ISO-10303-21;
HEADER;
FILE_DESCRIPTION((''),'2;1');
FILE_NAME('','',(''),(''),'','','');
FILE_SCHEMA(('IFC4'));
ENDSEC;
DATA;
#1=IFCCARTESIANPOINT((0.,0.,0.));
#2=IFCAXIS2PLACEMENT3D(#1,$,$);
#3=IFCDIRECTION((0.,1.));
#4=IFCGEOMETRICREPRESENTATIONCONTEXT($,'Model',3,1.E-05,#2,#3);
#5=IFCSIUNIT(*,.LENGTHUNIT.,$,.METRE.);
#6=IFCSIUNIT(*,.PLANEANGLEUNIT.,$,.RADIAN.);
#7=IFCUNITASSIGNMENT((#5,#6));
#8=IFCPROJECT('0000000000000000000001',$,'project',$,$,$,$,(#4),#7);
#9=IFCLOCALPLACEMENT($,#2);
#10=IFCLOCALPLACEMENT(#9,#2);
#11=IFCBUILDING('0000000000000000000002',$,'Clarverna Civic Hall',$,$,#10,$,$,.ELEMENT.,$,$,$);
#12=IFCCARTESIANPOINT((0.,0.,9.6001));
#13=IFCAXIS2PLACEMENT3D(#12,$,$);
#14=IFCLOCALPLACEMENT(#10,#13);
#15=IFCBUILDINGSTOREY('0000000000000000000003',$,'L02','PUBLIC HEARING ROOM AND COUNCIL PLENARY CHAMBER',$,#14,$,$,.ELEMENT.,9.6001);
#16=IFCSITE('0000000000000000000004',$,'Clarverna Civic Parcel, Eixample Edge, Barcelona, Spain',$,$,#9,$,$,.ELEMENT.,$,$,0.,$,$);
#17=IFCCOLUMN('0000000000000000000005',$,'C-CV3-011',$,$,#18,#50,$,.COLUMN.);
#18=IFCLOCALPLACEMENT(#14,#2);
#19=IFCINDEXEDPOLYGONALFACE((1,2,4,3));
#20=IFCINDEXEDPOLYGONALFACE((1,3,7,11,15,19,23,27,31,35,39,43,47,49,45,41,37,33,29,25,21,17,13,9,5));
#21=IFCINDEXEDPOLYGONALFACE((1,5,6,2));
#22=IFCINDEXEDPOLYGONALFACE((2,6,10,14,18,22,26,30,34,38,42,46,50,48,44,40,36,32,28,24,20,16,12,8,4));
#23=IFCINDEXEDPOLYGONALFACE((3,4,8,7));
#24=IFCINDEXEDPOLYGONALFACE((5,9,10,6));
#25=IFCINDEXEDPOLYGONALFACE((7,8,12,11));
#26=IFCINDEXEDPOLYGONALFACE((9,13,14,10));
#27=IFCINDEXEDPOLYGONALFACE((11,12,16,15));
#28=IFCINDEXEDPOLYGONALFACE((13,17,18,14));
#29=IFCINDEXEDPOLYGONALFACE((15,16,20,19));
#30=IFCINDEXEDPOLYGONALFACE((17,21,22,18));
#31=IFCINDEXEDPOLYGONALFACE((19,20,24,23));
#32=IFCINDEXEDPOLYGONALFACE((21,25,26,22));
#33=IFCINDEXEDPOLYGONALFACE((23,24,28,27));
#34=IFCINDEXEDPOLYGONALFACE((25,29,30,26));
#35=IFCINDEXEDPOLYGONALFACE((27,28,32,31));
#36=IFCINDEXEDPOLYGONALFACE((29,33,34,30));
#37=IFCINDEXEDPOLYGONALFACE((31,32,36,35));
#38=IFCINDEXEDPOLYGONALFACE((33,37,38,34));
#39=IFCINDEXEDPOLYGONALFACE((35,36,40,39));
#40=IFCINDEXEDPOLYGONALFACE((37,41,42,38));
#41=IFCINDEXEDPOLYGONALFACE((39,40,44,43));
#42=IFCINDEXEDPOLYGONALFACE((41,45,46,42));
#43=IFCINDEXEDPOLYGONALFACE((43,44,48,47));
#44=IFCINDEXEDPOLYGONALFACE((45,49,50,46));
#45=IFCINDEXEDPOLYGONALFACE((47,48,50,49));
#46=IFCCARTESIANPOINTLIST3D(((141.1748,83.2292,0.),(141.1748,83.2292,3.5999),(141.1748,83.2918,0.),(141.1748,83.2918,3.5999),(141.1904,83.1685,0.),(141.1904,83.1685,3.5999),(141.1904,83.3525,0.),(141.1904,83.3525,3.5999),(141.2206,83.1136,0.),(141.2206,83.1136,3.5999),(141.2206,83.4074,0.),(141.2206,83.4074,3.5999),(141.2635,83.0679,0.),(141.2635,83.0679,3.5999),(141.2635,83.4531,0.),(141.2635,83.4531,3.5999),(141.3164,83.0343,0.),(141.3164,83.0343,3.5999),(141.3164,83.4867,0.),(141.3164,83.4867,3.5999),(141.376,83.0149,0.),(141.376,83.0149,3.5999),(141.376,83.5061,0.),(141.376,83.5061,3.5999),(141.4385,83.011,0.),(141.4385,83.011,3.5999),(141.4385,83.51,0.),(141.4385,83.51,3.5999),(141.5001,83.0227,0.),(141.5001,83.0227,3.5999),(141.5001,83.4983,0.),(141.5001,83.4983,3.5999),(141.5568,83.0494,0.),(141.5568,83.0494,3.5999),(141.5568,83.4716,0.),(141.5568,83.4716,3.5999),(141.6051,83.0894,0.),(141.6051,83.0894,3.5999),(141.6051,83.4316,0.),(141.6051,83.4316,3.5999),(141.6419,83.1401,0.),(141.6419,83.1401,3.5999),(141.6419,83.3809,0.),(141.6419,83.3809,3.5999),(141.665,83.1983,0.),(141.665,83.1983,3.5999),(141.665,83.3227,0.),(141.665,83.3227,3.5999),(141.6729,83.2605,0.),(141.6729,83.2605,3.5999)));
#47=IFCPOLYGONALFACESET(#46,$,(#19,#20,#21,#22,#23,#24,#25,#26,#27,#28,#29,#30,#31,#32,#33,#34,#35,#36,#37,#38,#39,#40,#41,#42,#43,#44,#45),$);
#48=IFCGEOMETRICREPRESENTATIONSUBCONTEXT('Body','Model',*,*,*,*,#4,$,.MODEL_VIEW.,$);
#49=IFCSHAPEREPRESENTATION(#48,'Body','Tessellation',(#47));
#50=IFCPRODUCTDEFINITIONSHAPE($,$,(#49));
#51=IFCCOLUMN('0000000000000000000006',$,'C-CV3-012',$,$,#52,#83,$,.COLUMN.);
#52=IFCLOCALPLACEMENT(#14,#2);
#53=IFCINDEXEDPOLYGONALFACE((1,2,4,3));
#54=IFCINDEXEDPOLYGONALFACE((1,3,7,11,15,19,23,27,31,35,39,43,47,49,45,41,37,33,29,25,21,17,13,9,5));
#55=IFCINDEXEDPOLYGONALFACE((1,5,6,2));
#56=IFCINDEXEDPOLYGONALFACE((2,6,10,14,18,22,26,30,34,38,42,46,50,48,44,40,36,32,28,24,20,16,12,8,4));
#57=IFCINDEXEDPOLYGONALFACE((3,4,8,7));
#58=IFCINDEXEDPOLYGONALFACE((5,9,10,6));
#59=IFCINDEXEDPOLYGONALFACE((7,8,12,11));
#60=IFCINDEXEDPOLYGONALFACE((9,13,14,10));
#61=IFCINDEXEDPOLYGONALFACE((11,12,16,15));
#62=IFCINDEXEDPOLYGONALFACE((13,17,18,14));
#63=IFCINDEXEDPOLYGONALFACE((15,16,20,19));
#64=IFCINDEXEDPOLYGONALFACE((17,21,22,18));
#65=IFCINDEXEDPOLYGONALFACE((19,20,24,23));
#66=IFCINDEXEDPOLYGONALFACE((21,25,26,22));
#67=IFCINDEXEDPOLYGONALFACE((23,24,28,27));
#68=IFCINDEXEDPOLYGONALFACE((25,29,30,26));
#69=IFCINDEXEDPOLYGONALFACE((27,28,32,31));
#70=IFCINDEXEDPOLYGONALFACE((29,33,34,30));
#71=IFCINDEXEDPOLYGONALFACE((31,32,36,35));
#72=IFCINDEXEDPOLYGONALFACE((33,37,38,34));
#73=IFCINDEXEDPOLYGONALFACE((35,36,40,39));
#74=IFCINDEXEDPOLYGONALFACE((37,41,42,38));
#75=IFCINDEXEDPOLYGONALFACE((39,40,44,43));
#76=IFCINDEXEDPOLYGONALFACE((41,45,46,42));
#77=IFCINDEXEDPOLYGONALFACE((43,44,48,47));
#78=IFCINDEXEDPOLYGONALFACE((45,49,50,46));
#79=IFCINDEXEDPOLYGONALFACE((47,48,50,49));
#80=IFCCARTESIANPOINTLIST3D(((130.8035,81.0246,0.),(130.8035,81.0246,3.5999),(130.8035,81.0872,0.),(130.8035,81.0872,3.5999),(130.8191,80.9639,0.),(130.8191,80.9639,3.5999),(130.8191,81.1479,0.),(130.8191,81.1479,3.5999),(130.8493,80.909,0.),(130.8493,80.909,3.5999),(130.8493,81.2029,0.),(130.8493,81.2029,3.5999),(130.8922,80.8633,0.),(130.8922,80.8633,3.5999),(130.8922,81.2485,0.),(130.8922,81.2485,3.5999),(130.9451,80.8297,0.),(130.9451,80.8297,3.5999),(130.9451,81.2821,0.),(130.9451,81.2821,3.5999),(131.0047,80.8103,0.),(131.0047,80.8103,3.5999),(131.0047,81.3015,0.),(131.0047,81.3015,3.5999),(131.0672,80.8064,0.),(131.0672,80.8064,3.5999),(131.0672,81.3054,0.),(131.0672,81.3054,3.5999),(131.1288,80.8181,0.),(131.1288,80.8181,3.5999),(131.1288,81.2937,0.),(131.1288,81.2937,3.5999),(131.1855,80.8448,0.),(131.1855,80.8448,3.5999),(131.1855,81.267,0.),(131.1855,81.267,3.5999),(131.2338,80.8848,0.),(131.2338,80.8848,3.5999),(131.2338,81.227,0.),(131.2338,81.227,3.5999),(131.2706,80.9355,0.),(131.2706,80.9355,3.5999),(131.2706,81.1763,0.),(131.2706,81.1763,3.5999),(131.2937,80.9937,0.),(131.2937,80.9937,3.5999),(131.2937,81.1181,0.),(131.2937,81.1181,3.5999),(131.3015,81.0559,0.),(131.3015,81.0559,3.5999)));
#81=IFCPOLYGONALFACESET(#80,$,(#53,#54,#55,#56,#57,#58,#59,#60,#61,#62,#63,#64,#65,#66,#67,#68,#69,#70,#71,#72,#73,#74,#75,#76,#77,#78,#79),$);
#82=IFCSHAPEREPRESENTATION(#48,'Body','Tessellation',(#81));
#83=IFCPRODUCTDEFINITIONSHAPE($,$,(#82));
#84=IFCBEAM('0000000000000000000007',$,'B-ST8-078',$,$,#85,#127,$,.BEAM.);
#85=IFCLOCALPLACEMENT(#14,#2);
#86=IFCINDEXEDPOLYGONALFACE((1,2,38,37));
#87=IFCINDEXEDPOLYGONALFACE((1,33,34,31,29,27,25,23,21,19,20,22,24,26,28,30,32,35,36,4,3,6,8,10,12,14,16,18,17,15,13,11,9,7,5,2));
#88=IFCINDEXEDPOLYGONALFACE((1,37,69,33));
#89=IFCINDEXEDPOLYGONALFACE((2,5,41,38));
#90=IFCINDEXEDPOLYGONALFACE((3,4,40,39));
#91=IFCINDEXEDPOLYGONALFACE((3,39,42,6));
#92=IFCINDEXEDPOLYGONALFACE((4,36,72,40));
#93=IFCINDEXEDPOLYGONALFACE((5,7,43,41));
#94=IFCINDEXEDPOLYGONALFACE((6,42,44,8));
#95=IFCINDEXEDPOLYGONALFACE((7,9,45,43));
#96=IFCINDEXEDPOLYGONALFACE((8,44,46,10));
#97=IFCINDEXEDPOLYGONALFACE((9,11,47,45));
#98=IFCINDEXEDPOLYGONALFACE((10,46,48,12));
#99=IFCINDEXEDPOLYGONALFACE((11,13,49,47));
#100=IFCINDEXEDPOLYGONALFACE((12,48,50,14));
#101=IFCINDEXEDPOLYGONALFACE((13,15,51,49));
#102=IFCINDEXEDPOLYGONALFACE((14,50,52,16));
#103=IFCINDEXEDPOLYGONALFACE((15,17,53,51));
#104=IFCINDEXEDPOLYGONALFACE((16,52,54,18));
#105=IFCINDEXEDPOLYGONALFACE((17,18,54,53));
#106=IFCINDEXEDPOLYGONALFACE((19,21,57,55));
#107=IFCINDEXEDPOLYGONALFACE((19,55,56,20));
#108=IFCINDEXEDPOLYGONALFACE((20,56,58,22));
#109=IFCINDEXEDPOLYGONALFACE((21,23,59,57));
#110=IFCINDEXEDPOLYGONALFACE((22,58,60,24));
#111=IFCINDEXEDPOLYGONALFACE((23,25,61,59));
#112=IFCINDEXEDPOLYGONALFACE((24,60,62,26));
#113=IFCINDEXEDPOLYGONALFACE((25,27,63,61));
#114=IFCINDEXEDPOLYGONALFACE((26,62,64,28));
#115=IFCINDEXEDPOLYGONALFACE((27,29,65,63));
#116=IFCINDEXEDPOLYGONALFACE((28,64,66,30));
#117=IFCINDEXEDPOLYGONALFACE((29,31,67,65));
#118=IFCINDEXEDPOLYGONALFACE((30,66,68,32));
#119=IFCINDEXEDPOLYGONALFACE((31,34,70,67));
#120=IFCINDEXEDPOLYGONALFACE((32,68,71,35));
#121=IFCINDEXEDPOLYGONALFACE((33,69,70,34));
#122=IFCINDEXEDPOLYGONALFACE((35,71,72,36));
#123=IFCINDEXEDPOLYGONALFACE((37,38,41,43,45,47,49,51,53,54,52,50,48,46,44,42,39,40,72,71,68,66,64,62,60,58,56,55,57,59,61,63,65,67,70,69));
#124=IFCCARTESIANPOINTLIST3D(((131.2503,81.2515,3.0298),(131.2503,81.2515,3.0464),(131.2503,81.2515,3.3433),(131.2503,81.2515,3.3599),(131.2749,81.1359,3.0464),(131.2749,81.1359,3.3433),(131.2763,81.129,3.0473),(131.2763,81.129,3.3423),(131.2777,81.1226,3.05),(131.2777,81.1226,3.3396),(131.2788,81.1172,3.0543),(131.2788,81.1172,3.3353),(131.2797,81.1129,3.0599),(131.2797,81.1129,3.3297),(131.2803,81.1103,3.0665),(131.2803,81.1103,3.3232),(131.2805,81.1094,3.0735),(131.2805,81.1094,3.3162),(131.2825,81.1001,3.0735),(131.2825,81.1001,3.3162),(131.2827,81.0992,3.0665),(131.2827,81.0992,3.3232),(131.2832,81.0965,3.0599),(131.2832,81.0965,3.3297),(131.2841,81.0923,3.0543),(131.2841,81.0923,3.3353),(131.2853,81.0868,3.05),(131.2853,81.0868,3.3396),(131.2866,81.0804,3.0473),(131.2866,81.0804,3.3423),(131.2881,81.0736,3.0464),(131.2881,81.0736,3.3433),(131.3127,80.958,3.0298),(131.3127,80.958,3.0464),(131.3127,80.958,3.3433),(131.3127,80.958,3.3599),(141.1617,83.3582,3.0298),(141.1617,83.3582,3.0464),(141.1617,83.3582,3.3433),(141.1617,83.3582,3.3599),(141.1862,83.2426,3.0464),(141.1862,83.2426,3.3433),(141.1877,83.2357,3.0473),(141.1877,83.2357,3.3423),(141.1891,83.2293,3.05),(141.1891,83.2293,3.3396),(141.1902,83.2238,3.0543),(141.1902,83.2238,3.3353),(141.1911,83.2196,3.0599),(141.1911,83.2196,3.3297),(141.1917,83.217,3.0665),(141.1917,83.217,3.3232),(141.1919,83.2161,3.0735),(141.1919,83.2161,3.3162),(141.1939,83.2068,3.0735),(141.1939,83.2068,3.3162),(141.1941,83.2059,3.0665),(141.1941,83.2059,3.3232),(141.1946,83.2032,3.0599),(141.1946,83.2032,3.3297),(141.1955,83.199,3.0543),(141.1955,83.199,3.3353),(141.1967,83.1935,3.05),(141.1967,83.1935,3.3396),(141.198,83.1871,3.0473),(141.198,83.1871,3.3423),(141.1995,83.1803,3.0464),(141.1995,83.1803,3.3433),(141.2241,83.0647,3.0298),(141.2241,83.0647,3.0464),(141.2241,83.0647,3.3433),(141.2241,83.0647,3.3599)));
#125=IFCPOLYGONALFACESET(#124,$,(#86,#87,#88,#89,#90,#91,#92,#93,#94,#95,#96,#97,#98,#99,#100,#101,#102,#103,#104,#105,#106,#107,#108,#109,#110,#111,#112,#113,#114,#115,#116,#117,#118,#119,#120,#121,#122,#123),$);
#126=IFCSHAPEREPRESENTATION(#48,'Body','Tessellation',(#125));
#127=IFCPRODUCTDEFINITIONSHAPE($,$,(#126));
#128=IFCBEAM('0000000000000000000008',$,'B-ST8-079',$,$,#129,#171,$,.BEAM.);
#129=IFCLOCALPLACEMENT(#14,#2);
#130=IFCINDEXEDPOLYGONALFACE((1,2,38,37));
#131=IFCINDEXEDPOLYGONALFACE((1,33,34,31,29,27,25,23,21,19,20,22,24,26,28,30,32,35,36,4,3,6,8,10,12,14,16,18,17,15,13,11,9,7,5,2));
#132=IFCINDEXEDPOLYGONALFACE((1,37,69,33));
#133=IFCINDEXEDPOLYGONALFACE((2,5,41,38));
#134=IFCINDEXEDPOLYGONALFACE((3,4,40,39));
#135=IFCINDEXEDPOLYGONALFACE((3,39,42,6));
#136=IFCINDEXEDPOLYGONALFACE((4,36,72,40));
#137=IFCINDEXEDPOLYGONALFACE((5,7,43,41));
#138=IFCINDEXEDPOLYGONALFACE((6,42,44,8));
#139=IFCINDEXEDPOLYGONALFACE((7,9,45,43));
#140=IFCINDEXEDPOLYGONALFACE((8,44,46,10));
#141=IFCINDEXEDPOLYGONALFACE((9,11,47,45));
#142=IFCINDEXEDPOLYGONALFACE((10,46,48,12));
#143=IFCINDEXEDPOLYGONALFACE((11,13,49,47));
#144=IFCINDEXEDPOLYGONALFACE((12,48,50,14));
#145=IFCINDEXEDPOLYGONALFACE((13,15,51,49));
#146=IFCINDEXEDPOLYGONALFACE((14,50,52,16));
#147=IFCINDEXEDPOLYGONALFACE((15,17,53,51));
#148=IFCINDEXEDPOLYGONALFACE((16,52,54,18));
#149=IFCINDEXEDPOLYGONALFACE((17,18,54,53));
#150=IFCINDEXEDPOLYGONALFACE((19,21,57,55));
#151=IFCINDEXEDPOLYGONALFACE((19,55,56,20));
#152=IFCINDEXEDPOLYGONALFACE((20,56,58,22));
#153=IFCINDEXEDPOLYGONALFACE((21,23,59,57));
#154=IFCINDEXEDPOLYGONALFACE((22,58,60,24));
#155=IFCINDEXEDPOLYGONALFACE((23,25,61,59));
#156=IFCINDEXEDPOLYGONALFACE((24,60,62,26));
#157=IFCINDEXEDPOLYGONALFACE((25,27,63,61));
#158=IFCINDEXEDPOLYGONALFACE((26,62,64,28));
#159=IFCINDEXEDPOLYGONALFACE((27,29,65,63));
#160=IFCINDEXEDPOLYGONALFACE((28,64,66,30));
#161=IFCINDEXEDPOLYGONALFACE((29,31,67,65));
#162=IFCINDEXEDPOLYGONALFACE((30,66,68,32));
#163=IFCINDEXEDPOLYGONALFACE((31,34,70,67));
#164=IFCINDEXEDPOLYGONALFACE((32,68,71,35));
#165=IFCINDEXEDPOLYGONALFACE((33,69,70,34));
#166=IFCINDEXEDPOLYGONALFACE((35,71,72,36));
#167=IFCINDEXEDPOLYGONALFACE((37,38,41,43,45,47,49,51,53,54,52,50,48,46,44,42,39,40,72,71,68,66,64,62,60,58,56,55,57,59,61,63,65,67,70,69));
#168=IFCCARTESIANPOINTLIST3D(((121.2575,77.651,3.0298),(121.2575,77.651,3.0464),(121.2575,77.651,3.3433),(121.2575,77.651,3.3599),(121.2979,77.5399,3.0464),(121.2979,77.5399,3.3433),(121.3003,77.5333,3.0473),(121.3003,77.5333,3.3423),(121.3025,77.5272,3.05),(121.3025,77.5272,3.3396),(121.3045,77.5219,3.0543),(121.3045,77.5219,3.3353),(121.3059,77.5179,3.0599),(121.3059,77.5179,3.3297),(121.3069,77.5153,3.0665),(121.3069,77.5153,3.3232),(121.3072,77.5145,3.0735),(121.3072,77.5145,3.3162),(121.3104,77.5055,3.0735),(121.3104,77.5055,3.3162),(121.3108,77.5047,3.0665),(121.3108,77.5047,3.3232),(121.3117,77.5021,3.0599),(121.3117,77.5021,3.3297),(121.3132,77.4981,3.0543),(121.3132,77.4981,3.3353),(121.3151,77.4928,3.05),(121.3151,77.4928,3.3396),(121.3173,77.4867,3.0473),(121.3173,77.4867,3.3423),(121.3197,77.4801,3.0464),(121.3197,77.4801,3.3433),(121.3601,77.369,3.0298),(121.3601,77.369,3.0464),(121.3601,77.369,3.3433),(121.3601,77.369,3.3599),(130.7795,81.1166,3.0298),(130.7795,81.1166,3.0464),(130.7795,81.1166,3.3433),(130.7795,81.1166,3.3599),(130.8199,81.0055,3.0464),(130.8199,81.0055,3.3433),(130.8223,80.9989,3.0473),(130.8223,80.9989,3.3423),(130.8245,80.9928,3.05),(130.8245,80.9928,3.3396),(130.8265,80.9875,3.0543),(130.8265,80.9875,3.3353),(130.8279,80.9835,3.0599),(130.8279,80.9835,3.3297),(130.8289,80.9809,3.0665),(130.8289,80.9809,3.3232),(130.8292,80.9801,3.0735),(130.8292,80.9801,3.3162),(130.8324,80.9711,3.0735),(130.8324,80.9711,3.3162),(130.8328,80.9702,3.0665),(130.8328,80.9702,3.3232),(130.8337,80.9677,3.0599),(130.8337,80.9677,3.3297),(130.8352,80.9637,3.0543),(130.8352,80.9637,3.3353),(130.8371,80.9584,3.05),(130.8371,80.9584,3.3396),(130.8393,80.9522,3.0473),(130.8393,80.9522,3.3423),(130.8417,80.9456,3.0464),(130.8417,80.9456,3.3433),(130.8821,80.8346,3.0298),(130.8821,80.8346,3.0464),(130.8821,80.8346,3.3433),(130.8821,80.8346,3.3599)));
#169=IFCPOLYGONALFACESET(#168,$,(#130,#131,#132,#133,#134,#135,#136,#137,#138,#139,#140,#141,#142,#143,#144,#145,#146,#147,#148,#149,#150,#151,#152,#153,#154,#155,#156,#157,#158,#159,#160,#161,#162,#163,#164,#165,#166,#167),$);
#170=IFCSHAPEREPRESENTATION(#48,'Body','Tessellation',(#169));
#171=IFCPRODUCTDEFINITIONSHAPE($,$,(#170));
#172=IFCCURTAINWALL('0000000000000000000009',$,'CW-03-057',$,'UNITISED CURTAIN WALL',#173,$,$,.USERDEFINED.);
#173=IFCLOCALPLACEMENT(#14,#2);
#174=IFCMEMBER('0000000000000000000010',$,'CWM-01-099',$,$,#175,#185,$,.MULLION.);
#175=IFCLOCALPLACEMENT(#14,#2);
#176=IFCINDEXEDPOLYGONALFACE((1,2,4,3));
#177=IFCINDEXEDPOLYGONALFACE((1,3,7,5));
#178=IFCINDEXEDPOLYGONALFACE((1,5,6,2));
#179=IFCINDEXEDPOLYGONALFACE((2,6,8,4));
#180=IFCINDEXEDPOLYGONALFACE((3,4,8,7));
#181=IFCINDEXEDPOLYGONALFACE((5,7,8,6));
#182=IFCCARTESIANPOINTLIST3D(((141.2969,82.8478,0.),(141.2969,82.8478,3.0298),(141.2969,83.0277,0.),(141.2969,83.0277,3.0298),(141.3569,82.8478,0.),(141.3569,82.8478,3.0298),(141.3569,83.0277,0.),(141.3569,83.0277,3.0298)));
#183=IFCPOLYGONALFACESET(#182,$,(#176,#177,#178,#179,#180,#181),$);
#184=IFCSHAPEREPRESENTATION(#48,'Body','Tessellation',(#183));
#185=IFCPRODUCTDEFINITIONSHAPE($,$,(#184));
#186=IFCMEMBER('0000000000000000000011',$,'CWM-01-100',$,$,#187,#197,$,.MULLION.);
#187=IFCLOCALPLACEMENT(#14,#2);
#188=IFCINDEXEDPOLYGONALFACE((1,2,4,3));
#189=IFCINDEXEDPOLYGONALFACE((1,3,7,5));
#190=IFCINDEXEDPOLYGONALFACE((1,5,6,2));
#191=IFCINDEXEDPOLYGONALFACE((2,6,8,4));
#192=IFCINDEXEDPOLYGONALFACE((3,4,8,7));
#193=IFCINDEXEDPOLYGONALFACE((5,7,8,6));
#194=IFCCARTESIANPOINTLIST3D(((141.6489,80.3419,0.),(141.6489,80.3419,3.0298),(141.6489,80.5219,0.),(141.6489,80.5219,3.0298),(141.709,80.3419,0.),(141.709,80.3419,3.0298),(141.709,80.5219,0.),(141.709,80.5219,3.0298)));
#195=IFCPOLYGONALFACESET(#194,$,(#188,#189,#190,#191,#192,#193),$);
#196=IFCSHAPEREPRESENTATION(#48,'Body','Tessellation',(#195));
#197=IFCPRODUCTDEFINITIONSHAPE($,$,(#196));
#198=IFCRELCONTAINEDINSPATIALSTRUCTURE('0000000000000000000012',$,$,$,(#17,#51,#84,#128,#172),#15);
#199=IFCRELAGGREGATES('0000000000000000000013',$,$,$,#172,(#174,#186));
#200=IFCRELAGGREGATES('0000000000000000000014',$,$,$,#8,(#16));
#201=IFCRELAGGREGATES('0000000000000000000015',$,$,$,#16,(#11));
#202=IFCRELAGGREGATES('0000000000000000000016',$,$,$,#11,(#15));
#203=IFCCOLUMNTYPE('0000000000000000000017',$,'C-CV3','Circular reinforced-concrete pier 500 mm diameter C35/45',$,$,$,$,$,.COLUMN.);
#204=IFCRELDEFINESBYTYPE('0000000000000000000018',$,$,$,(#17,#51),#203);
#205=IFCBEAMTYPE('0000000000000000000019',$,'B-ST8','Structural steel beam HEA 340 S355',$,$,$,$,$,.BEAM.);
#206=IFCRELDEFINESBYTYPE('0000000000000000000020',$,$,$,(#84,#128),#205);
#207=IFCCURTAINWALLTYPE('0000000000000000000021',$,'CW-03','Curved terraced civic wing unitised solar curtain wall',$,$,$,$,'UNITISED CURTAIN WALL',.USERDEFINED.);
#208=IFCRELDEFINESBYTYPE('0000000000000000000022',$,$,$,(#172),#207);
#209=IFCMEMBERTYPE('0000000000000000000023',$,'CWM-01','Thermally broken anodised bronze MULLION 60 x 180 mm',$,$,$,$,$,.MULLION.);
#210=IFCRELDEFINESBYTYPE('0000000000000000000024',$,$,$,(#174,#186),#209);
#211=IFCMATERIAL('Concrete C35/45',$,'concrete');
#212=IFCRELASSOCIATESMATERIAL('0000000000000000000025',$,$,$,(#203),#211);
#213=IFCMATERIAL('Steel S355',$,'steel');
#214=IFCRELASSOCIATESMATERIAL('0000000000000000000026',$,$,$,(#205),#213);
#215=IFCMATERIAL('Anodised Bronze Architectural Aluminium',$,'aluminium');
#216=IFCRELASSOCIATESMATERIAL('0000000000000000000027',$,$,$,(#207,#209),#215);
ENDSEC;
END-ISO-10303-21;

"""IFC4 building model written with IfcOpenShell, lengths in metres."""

from ifc_helpers import new_model, si_unit, direction, frame, origin, origin_2d, place, context, subcontext, project, spatial, rectangle, circle, i_section, extrude, material, material_profile, profile_set, type_object, element, aggregate, save


model = new_model("IFC4")

# Units and contexts
model_context = context("Model", 3, precision=1e-05, world=origin(), true_north=direction((0.0, 1.0)))
body_context = subcontext(model_context, "Body", "Model", "MODEL_VIEW")
ifc_project = project(units=[si_unit("LENGTHUNIT", "METRE"), si_unit("PLANEANGLEUNIT", "RADIAN")], contexts=[model_context])

# Site, building, storey
site_placement = place(None, origin())
site = spatial("IfcSite", under=ifc_project, at=site_placement, Name="Clarverna Civic Parcel, Eixample Edge, Barcelona, Spain", CompositionType="ELEMENT", RefElevation=0.0)
building_placement = place(site_placement, origin())
building = spatial("IfcBuilding", under=site, at=building_placement, Name="Clarverna Civic Hall", CompositionType="ELEMENT")
storey_placement = place(building_placement, frame((0.0, 0.0, 9.6001)))
storey = spatial("IfcBuildingStorey", under=building, at=storey_placement, Name="L02", Description="PUBLIC HEARING ROOM AND COUNCIL PLENARY CHAMBER", CompositionType="ELEMENT", Elevation=9.6001)

# Columns
ifc_material_1 = material(Name="Concrete C35/45", Category="concrete")
ifc_material_profile_1 = material_profile(ifc_material_1, circle(Radius=0.25, at=origin_2d()), Name="RC D500")
ifc_profile_set_1 = profile_set([ifc_material_profile_1], Name="Concrete C35/45")
column_type = type_object("IfcColumnType", Name="C-CV3", Description="Circular reinforced-concrete pier 500 mm diameter C35/45", PredefinedType="COLUMN", material=ifc_profile_set_1)
for number, where, z_axis, x_axis, name in (
    (1, (141.4229, 83.2605, 0.0), (0.0, 0.0, 1.0), (1.0, 0.0, 0.0), "C-CV3-011"),
    (2, (131.0515, 81.0559, 0.0), (0.0, 0.0, 1.0), (1.0, 0.0, 0.0), "C-CV3-012"),
):
    element("IfcColumn", number, at=place(storey_placement, frame(where, z_axis=z_axis, x_axis=x_axis)), inside=storey, type_object=column_type, Name=name, PredefinedType="COLUMN", context=body_context, shape_type="SweptSolid", body=[
        extrude(circle(Radius=0.25, at=origin_2d()), origin(), (0.0, 0.0, 1.0), 3.5999),
    ])

# Beams
ifc_material_2 = material(Name="Steel S355", Category="steel")
ifc_material_profile_2 = material_profile(ifc_material_2, i_section(OverallWidth=0.3, OverallDepth=0.3301, WebThickness=0.0095, FlangeThickness=0.0166, FilletRadius=0.0271, at=origin_2d()), Name="HEA 340")
ifc_profile_set_2 = profile_set([ifc_material_profile_2], Name="Steel S355")
beam_type = type_object("IfcBeamType", Name="B-ST8", Description="Structural steel beam HEA 340 S355", PredefinedType="BEAM", material=ifc_profile_set_2)
beam_1_placement = place(storey_placement, frame((141.1929, 83.2114, 3.1948), z_axis=(-0.978148, -0.207908, 0.0), x_axis=(0.207908, -0.978148, 0.0)))
element("IfcBeam", 3, at=beam_1_placement, inside=storey, type_object=beam_type, Name="B-ST8-078", PredefinedType="BEAM", context=body_context, shape_type="SweptSolid", body=[
    extrude(i_section(OverallWidth=0.3, OverallDepth=0.3301, WebThickness=0.0095, FlangeThickness=0.0166, FilletRadius=0.0271, at=origin_2d()), origin(), (0.0, 0.0, 1.0), 10.1328),
])
beam_2_placement = place(storey_placement, frame((130.8308, 80.9756, 3.1948), z_axis=(-0.939697, -0.342008, 0.0), x_axis=(0.342008, -0.939697, 0.0)))
element("IfcBeam", 4, at=beam_2_placement, inside=storey, type_object=beam_type, Name="B-ST8-079", PredefinedType="BEAM", context=body_context, shape_type="SweptSolid", body=[
    extrude(i_section(OverallWidth=0.3, OverallDepth=0.3301, WebThickness=0.0095, FlangeThickness=0.0166, FilletRadius=0.0271, at=origin_2d()), origin(), (0.0, 0.0, 1.0), 10.1331),
])

# Curtain wall, members
ifc_material_3 = material(Name="Anodised Bronze Architectural Aluminium", Category="aluminium")
curtain_wall_type = type_object("IfcCurtainWallType", Name="CW-03", Description="Curved terraced civic wing unitised solar curtain wall", ElementType="UNITISED CURTAIN WALL", PredefinedType="USERDEFINED", material=ifc_material_3)
curtain_wall_1_placement = place(storey_placement, origin())
curtain_wall_1 = element("IfcCurtainWall", 5, at=curtain_wall_1_placement, inside=storey, type_object=curtain_wall_type, Name="CW-03-057", ObjectType="UNITISED CURTAIN WALL", PredefinedType="USERDEFINED")
ifc_material_profile_3 = material_profile(ifc_material_3, rectangle(XDim=0.0601, YDim=0.1799, at=origin_2d()), Name="BRONZE 60x180")
ifc_profile_set_3 = profile_set([ifc_material_profile_3], Name="Anodised Bronze Architectural Aluminium")
member_type_1 = type_object("IfcMemberType", Name="CWM-01", Description="Thermally broken anodised bronze MULLION 60 x 180 mm", PredefinedType="MULLION", material=ifc_profile_set_3)
member_1_placement = place(storey_placement, frame((141.3269, 82.9377, 0.0), z_axis=(0.0, 0.0, 1.0), x_axis=(1.0, 0.0, 0.0)))
member_1 = element("IfcMember", 6, at=member_1_placement, type_object=member_type_1, Name="CWM-01-099", PredefinedType="MULLION", context=body_context, shape_type="SweptSolid", body=[
    extrude(rectangle(XDim=0.0601, YDim=0.1799, at=origin_2d()), origin(), (0.0, 0.0, 1.0), 3.0298),
])
member_2_placement = place(storey_placement, frame((141.679, 80.4319, 0.0), z_axis=(0.0, 0.0, 1.0), x_axis=(1.0, 0.0, 0.0)))
member_2 = element("IfcMember", 7, at=member_2_placement, type_object=member_type_1, Name="CWM-01-100", PredefinedType="MULLION", context=body_context, shape_type="SweptSolid", body=[
    extrude(rectangle(XDim=0.0601, YDim=0.1799, at=origin_2d()), origin(), (0.0, 0.0, 1.0), 3.0298),
])

aggregate(curtain_wall_1, [member_1, member_2])

save(model, "model.ifc")
